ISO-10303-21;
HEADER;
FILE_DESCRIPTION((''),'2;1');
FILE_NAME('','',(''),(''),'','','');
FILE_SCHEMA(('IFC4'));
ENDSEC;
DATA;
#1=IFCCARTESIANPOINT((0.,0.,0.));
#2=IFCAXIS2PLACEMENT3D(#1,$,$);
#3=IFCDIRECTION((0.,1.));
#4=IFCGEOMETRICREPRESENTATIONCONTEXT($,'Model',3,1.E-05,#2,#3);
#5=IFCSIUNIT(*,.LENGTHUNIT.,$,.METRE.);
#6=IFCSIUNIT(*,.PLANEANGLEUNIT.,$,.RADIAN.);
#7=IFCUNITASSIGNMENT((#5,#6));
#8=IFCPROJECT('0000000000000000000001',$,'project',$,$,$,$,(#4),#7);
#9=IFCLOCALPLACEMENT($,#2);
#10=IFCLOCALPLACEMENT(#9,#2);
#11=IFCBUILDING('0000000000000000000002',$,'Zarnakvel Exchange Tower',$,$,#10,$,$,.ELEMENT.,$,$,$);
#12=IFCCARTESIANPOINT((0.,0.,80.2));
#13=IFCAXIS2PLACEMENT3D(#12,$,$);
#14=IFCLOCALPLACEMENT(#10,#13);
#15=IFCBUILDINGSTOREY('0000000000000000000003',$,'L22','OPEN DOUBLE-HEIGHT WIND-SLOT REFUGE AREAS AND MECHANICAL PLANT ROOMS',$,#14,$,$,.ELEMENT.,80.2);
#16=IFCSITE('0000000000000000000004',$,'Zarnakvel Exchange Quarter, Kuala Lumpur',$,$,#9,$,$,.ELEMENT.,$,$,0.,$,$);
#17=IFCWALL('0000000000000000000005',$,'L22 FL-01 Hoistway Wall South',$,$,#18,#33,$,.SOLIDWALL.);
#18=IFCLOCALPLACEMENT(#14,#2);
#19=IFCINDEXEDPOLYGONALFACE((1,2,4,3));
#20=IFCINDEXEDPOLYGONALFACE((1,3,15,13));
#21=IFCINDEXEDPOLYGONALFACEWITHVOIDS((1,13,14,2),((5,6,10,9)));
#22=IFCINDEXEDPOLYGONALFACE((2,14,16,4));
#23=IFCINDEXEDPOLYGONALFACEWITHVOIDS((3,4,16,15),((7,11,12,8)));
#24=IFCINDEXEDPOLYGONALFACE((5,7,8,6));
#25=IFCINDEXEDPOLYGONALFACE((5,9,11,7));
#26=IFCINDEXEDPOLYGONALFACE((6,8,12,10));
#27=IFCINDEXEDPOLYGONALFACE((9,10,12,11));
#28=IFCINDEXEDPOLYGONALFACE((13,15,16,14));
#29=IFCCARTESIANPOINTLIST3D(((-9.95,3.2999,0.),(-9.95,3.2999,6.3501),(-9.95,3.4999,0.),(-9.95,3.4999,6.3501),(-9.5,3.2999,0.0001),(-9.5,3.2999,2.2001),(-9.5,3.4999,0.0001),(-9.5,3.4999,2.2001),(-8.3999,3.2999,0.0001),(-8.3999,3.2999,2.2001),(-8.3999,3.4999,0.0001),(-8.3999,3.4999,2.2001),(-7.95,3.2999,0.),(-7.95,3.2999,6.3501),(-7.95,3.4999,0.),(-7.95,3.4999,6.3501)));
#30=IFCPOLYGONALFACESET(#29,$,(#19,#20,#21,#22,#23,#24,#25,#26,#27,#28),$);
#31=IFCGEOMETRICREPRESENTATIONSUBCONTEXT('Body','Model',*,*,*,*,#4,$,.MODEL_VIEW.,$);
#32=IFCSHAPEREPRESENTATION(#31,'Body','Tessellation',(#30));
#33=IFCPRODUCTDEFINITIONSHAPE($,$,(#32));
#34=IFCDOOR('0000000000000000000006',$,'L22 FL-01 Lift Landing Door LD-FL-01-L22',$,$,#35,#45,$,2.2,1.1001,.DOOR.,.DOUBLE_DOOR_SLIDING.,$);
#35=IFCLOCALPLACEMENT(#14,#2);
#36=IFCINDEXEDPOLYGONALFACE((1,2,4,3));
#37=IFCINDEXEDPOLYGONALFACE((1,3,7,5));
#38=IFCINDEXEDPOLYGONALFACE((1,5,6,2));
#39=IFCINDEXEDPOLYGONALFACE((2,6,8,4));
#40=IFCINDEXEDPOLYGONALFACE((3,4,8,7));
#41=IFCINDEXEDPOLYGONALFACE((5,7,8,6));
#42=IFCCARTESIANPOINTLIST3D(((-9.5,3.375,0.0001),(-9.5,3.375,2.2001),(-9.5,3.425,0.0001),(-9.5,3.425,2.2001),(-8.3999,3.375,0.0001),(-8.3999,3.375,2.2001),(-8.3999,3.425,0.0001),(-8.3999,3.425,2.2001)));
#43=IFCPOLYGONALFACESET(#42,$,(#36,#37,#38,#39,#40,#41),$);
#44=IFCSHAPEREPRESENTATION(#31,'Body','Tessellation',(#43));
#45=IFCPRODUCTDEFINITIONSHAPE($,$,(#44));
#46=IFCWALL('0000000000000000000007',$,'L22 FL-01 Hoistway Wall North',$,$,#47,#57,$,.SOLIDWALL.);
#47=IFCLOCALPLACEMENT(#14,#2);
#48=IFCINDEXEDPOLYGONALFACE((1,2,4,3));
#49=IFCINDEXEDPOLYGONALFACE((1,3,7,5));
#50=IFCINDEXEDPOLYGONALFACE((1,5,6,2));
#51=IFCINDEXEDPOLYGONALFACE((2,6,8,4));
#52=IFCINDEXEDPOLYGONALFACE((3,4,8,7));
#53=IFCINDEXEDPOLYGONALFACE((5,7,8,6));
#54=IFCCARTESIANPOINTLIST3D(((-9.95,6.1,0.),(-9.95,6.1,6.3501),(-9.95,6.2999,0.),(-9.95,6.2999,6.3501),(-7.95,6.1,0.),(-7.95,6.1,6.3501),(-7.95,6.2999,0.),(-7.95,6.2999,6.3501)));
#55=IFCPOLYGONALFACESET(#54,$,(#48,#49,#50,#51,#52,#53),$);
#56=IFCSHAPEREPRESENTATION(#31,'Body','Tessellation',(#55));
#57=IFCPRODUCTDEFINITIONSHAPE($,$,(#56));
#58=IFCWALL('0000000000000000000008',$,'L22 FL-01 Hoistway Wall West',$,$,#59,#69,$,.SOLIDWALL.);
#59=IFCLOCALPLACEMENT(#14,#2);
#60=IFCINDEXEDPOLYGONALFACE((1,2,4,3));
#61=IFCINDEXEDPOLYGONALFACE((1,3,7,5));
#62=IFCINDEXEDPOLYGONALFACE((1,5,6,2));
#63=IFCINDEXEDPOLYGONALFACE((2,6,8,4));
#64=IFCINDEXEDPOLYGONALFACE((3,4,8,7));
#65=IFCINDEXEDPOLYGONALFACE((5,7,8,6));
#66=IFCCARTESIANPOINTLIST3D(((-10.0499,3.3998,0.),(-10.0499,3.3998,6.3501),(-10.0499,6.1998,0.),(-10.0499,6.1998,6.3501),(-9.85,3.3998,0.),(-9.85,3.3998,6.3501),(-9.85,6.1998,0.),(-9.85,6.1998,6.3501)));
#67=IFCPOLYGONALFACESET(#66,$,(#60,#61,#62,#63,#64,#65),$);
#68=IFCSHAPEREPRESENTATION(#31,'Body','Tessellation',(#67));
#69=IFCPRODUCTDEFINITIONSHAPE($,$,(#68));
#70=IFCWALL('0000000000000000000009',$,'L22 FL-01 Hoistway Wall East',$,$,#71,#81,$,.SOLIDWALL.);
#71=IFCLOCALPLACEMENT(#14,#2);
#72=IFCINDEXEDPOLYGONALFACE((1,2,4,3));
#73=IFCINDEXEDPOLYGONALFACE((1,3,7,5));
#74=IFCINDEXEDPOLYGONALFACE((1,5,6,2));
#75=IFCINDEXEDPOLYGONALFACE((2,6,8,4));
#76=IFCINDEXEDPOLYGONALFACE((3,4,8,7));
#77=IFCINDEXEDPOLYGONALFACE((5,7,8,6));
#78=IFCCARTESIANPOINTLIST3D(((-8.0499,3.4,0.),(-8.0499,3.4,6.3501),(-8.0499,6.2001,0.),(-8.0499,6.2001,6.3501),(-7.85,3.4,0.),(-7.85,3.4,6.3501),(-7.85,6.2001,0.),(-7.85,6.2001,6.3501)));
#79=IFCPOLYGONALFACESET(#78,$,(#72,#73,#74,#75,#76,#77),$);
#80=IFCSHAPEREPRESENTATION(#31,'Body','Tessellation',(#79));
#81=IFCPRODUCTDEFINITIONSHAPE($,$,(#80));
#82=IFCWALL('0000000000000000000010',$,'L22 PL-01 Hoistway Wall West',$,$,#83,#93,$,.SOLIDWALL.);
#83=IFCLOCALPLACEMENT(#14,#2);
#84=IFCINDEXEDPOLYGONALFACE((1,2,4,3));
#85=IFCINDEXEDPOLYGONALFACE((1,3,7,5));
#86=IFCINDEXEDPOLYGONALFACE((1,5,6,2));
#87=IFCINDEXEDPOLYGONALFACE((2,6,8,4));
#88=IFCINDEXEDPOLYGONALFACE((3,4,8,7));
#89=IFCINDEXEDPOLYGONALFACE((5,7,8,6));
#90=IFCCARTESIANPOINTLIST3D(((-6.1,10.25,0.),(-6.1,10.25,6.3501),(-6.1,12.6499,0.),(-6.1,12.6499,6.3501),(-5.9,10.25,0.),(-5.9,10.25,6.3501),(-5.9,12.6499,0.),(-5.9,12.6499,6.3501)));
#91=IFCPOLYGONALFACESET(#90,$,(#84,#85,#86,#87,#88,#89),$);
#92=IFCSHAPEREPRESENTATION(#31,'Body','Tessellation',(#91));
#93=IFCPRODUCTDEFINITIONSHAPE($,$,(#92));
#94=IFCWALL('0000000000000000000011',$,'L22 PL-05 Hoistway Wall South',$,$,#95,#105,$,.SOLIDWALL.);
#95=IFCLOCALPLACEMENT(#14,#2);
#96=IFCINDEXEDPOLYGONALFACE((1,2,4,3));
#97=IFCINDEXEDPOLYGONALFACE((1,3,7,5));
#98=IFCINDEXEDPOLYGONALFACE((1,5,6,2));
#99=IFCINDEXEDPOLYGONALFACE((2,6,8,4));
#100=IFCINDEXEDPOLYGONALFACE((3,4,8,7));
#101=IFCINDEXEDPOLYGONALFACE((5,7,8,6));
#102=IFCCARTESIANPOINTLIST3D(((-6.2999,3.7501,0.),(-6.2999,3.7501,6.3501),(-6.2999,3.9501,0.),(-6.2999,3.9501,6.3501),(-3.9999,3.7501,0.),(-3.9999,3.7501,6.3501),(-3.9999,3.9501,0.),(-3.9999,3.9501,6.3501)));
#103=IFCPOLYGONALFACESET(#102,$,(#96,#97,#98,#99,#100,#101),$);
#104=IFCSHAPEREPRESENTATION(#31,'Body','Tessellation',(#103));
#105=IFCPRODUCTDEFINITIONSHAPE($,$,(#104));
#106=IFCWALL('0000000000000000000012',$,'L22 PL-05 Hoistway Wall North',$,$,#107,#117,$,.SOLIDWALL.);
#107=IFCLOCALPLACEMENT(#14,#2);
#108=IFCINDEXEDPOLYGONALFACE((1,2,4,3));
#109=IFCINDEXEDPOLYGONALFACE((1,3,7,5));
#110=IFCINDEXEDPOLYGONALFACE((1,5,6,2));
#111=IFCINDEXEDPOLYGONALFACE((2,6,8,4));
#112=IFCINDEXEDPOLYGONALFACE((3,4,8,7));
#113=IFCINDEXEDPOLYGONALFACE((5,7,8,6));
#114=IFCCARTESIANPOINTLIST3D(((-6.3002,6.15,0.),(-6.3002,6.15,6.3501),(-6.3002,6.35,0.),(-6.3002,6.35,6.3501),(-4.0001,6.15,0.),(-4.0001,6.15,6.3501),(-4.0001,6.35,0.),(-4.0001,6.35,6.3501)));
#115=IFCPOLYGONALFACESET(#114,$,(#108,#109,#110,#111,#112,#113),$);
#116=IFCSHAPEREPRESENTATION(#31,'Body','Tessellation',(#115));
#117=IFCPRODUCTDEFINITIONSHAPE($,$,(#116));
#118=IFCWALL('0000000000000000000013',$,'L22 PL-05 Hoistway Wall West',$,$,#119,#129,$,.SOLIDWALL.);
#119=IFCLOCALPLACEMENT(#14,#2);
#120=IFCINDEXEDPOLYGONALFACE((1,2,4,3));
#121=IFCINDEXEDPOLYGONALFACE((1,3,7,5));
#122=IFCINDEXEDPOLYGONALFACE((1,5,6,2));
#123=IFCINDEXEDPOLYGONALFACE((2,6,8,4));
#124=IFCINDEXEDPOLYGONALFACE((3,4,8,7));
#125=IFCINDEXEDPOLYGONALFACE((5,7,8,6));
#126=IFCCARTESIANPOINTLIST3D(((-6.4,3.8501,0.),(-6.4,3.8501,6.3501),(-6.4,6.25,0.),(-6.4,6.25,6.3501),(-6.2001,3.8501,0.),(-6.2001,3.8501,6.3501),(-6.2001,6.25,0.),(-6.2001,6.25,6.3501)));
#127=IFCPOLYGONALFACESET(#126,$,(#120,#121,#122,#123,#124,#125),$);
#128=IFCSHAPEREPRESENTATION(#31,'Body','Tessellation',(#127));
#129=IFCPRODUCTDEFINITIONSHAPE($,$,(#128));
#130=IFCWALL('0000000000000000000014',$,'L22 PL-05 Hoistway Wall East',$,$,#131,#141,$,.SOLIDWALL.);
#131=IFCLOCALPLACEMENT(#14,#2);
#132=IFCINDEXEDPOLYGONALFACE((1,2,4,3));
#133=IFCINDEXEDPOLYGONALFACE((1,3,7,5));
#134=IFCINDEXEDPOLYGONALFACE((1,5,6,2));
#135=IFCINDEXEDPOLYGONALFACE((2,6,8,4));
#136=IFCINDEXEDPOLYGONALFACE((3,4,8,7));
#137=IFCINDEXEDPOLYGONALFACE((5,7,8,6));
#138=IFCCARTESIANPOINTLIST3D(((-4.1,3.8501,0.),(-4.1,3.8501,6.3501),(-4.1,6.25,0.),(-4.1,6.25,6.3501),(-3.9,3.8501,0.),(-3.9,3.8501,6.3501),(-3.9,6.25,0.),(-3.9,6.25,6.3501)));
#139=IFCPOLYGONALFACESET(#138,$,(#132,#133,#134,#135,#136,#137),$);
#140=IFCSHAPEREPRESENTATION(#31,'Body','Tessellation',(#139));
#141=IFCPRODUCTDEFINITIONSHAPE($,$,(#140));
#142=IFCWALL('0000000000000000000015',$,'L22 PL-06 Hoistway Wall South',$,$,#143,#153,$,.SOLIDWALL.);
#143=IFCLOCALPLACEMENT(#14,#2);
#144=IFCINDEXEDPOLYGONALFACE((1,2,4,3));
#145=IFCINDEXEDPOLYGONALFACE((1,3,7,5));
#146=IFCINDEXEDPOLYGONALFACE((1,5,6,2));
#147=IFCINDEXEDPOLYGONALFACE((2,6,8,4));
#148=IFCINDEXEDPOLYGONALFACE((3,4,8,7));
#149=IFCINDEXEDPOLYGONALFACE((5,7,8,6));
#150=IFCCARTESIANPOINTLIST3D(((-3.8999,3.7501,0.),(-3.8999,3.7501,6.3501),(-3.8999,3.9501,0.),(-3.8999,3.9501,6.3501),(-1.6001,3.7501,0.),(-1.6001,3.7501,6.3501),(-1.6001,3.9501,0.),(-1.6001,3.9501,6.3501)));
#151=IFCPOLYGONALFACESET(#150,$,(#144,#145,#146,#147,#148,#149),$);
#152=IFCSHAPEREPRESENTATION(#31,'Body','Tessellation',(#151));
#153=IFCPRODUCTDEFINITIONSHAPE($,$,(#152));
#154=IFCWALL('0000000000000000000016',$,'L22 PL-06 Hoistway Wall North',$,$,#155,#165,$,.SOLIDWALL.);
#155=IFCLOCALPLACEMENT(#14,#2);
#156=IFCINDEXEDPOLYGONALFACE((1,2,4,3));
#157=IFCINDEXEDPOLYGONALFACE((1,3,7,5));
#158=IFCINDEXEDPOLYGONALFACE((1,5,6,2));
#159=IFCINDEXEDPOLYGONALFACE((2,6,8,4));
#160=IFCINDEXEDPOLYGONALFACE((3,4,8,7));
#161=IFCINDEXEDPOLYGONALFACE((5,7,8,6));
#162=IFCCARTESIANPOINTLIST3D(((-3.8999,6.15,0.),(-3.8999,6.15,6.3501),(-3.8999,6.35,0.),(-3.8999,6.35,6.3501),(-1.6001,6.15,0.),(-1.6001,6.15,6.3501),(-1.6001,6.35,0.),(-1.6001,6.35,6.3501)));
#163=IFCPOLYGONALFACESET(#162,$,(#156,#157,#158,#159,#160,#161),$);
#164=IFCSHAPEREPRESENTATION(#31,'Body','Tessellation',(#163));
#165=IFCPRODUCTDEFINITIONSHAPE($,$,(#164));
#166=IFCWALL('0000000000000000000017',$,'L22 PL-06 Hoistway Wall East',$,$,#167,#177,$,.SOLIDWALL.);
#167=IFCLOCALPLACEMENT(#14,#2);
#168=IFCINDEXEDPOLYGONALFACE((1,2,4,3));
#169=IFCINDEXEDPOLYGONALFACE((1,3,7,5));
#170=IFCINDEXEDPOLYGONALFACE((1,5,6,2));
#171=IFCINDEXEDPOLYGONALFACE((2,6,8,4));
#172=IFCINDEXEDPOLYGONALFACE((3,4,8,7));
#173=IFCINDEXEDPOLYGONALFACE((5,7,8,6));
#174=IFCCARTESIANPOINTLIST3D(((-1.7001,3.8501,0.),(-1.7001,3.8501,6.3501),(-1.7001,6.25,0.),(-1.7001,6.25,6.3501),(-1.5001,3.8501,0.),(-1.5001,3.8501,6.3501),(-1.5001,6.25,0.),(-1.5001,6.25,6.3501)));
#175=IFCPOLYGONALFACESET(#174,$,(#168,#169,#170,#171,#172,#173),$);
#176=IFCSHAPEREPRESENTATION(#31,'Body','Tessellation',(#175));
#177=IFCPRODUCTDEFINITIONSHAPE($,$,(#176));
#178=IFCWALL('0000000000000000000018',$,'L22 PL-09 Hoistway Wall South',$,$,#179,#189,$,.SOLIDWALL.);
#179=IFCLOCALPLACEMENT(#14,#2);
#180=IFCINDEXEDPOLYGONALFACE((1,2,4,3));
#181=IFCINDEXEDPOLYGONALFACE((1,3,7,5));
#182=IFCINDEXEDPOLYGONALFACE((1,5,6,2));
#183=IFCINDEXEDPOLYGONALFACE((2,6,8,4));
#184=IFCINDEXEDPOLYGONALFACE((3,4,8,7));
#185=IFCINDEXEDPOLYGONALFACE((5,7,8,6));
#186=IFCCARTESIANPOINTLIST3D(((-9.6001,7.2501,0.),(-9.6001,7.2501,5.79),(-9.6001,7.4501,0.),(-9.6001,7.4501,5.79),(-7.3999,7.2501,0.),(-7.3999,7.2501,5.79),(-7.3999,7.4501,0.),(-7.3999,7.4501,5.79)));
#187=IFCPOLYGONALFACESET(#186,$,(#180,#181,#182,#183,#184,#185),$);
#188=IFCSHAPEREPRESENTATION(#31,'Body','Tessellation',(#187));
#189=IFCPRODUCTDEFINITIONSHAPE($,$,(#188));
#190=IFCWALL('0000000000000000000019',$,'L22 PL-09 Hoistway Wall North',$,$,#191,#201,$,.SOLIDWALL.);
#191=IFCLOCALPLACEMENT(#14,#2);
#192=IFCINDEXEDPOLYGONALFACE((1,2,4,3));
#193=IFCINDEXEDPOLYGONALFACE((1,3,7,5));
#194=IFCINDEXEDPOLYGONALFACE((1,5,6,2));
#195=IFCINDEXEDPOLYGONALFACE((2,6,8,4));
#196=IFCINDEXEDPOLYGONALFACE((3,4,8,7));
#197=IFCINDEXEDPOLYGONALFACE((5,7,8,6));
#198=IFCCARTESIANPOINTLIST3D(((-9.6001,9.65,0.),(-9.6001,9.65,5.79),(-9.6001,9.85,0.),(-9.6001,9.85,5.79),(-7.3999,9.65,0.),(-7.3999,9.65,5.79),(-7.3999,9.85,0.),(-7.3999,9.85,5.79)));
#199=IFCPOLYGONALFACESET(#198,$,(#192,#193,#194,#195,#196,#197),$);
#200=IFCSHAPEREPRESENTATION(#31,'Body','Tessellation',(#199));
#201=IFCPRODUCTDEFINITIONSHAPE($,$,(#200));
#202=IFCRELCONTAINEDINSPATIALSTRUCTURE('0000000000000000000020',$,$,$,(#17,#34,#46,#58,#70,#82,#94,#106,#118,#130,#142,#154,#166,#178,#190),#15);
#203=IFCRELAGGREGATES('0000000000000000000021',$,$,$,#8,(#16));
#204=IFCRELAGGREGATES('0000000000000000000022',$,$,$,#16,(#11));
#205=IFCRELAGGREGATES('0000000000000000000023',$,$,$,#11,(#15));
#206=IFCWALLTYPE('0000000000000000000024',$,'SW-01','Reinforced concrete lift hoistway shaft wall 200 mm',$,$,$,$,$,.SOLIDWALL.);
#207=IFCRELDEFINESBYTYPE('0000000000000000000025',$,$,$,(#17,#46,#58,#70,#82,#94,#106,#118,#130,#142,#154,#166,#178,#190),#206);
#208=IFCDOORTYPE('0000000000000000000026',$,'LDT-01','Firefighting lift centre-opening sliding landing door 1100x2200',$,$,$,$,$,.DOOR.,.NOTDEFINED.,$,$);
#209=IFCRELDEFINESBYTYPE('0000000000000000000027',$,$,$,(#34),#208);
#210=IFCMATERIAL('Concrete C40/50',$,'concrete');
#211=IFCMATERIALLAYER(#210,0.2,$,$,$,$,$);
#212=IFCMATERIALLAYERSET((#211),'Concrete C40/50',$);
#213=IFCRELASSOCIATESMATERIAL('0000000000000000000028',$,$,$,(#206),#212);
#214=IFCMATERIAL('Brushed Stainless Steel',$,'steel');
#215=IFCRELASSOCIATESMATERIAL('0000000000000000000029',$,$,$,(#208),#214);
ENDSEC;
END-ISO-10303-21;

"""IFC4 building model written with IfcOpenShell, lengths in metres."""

from ifc_helpers import new_model, si_unit, direction, frame, frame_2d, origin, place, context, subcontext, project, spatial, rectangle, extrude, source, transform, mapped, material, layer, layer_set, type_object, element, fill, save


model = new_model("IFC4")

# Units and contexts
model_context = context("Model", 3, precision=1e-05, world=origin(), true_north=direction((0.0, 1.0)))
body_context = subcontext(model_context, "Body", "Model", "MODEL_VIEW")
ifc_project = project(units=[si_unit("LENGTHUNIT", "METRE"), si_unit("PLANEANGLEUNIT", "RADIAN")], contexts=[model_context])

# Site, building, storey
site_placement = place(None, origin())
site = spatial("IfcSite", under=ifc_project, at=site_placement, Name="Zarnakvel Exchange Quarter, Kuala Lumpur", CompositionType="ELEMENT", RefElevation=0.0)
building_placement = place(site_placement, origin())
building = spatial("IfcBuilding", under=site, at=building_placement, Name="Zarnakvel Exchange Tower", CompositionType="ELEMENT")
storey_placement = place(building_placement, frame((0.0, 0.0, 80.2)))
storey = spatial("IfcBuildingStorey", under=building, at=storey_placement, Name="L22", Description="OPEN DOUBLE-HEIGHT WIND-SLOT REFUGE AREAS AND MECHANICAL PLANT ROOMS", CompositionType="ELEMENT", Elevation=80.2)

# Shared definitions
ifc_material_1 = material(Name="Concrete C40/50", Category="concrete")

# Wall, opening, door
ifc_layer_1 = layer(ifc_material_1, 0.2)
ifc_layer_set_1 = layer_set([ifc_layer_1], Name="Concrete C40/50")
wall_type_1 = type_object("IfcWallType", Name="SW-01", Description="Reinforced concrete lift hoistway shaft wall 200 mm", PredefinedType="SOLIDWALL", material=ifc_layer_set_1)
wall_1_placement = place(storey_placement, frame((-7.95, 3.3999, 0.0), z_axis=(0.0, 0.0, 1.0), x_axis=(-1.0, 0.0, 0.0)))
wall_1 = element("IfcWall", 1, at=wall_1_placement, inside=storey, type_object=wall_type_1, Name="L22 FL-01 Hoistway Wall South", PredefinedType="SOLIDWALL", context=body_context, shape_type="SweptSolid", body=[
    extrude(rectangle(XDim=2.0, YDim=0.2, at=frame_2d((1.0, 0.0))), origin(), (0.0, 0.0, 1.0), 6.3501),
])
opening_1_placement = place(wall_1_placement, frame((0.45, 0.0, 0.0)))
opening_1 = element("IfcOpeningElement", 2, at=opening_1_placement, cuts=wall_1, PredefinedType="OPENING", context=body_context, shape_type="SweptSolid", body=[
    extrude(rectangle(XDim=1.1001, YDim=2.2, at=frame_2d((0.55, 1.1001))), frame((0.0, 0.1099, 0.0), z_axis=(0.0, -1.0, 0.0), x_axis=(1.0, 0.0, 0.0)), (0.0, 0.0, 1.0), 0.22),
])
ifc_material_2 = material(Name="Brushed Stainless Steel", Category="steel")
door_type_1 = type_object("IfcDoorType", Name="LDT-01", Description="Firefighting lift centre-opening sliding landing door 1100x2200", OperationType="NOTDEFINED", PredefinedType="DOOR", material=ifc_material_2)
shared_shape_1 = source(origin(), body_context, "Body", "SweptSolid", [
    extrude(rectangle(XDim=1.1001, YDim=2.2, at=frame_2d((0.55, 1.1001))), frame((0.0, 0.0249, 0.0), z_axis=(0.0, -1.0, 0.0), x_axis=(1.0, 0.0, 0.0)), (0.0, 0.0, 1.0), 0.05),
])
door_1_placement = place(opening_1_placement, origin())
door_1 = element("IfcDoor", 3, at=door_1_placement, inside=storey, type_object=door_type_1, Name="L22 FL-01 Lift Landing Door LD-FL-01-L22", OperationType="DOUBLE_DOOR_SLIDING", OverallHeight=2.2, OverallWidth=1.1001, PredefinedType="DOOR", context=body_context, shape_type="MappedRepresentation", body=[
    mapped(shared_shape_1, transform((0.0, 0.0, 0.0), x_axis=(1.0, 0.0, 0.0), y_axis=(0.0, 1.0, 0.0), z_axis=(0.0, 0.0, 1.0), scale=1.0)),
])
fill(opening_1, door_1)

# Walls
wall_2_placement = place(storey_placement, frame((-9.95, 6.2, 0.0), z_axis=(0.0, 0.0, 1.0), x_axis=(1.0, 0.0, 0.0)))
element("IfcWall", 4, at=wall_2_placement, inside=storey, type_object=wall_type_1, Name="L22 FL-01 Hoistway Wall North", PredefinedType="SOLIDWALL", context=body_context, shape_type="SweptSolid", body=[
    extrude(rectangle(XDim=2.0, YDim=0.2, at=frame_2d((1.0, 0.0))), origin(), (0.0, 0.0, 1.0), 6.3501),
])
for number, where, z_axis, x_axis, name in (
    (5, (-9.95, 3.3999, 0.0), (0.0, 0.0, 1.0), (0.0, 1.0, 0.0), "L22 FL-01 Hoistway Wall West"),
    (6, (-7.95, 6.2, 0.0), (0.0, 0.0, 1.0), (0.0, -1.0, 0.0), "L22 FL-01 Hoistway Wall East"),
):
    element("IfcWall", number, at=place(storey_placement, frame(where, z_axis=z_axis, x_axis=x_axis)), inside=storey, type_object=wall_type_1, Name=name, PredefinedType="SOLIDWALL", context=body_context, shape_type="SweptSolid", body=[
        extrude(rectangle(XDim=2.8, YDim=0.2, at=frame_2d((1.3999, 0.0))), origin(), (0.0, 0.0, 1.0), 6.3501),
    ])
wall_3_placement = place(storey_placement, frame((-6.0, 10.25, 0.0), z_axis=(0.0, 0.0, 1.0), x_axis=(0.0, 1.0, 0.0)))
element("IfcWall", 7, at=wall_3_placement, inside=storey, type_object=wall_type_1, Name="L22 PL-01 Hoistway Wall West", PredefinedType="SOLIDWALL", context=body_context, shape_type="SweptSolid", body=[
    extrude(rectangle(XDim=2.3999, YDim=0.2, at=frame_2d((1.2, 0.0))), origin(), (0.0, 0.0, 1.0), 6.3501),
])
for number, where, z_axis, x_axis, name in (
    (8, (-4.0, 3.8501, 0.0), (0.0, 0.0, 1.0), (-1.0, 0.0, 0.0), "L22 PL-05 Hoistway Wall South"),
    (9, (-6.3, 6.25, 0.0), (0.0, 0.0, 1.0), (1.0, 0.0, 0.0), "L22 PL-05 Hoistway Wall North"),
):
    element("IfcWall", number, at=place(storey_placement, frame(where, z_axis=z_axis, x_axis=x_axis)), inside=storey, type_object=wall_type_1, Name=name, PredefinedType="SOLIDWALL", context=body_context, shape_type="SweptSolid", body=[
        extrude(rectangle(XDim=2.3, YDim=0.2, at=frame_2d((1.1499, 0.0))), origin(), (0.0, 0.0, 1.0), 6.3501),
    ])
for number, where, z_axis, x_axis, name in (
    (10, (-6.3, 3.8501, 0.0), (0.0, 0.0, 1.0), (0.0, 1.0, 0.0), "L22 PL-05 Hoistway Wall West"),
    (11, (-4.0, 6.25, 0.0), (0.0, 0.0, 1.0), (0.0, -1.0, 0.0), "L22 PL-05 Hoistway Wall East"),
):
    element("IfcWall", number, at=place(storey_placement, frame(where, z_axis=z_axis, x_axis=x_axis)), inside=storey, type_object=wall_type_1, Name=name, PredefinedType="SOLIDWALL", context=body_context, shape_type="SweptSolid", body=[
        extrude(rectangle(XDim=2.3999, YDim=0.2, at=frame_2d((1.2, 0.0))), origin(), (0.0, 0.0, 1.0), 6.3501),
    ])
for number, where, z_axis, x_axis, name in (
    (12, (-1.6001, 3.8501, 0.0), (0.0, 0.0, 1.0), (-1.0, 0.0, 0.0), "L22 PL-06 Hoistway Wall South"),
    (13, (-3.8999, 6.25, 0.0), (0.0, 0.0, 1.0), (1.0, 0.0, 0.0), "L22 PL-06 Hoistway Wall North"),
):
    element("IfcWall", number, at=place(storey_placement, frame(where, z_axis=z_axis, x_axis=x_axis)), inside=storey, type_object=wall_type_1, Name=name, PredefinedType="SOLIDWALL", context=body_context, shape_type="SweptSolid", body=[
        extrude(rectangle(XDim=2.2998, YDim=0.2, at=frame_2d((1.1499, 0.0))), origin(), (0.0, 0.0, 1.0), 6.3501),
    ])
wall_4_placement = place(storey_placement, frame((-1.6001, 6.25, 0.0), z_axis=(0.0, 0.0, 1.0), x_axis=(0.0, -1.0, 0.0)))
element("IfcWall", 14, at=wall_4_placement, inside=storey, type_object=wall_type_1, Name="L22 PL-06 Hoistway Wall East", PredefinedType="SOLIDWALL", context=body_context, shape_type="SweptSolid", body=[
    extrude(rectangle(XDim=2.3999, YDim=0.2, at=frame_2d((1.2, 0.0))), origin(), (0.0, 0.0, 1.0), 6.3501),
])
for number, where, z_axis, x_axis, name in (
    (15, (-7.3999, 7.3501, 0.0), (0.0, 0.0, 1.0), (-1.0, 0.0, 0.0), "L22 PL-09 Hoistway Wall South"),
    (16, (-9.6001, 9.75, 0.0), (0.0, 0.0, 1.0), (1.0, 0.0, 0.0), "L22 PL-09 Hoistway Wall North"),
):
    element("IfcWall", number, at=place(storey_placement, frame(where, z_axis=z_axis, x_axis=x_axis)), inside=storey, type_object=wall_type_1, Name=name, PredefinedType="SOLIDWALL", context=body_context, shape_type="SweptSolid", body=[
        extrude(rectangle(XDim=2.2002, YDim=0.2, at=frame_2d((1.1001, 0.0))), origin(), (0.0, 0.0, 1.0), 5.79),
    ])

save(model, "model.ifc")
